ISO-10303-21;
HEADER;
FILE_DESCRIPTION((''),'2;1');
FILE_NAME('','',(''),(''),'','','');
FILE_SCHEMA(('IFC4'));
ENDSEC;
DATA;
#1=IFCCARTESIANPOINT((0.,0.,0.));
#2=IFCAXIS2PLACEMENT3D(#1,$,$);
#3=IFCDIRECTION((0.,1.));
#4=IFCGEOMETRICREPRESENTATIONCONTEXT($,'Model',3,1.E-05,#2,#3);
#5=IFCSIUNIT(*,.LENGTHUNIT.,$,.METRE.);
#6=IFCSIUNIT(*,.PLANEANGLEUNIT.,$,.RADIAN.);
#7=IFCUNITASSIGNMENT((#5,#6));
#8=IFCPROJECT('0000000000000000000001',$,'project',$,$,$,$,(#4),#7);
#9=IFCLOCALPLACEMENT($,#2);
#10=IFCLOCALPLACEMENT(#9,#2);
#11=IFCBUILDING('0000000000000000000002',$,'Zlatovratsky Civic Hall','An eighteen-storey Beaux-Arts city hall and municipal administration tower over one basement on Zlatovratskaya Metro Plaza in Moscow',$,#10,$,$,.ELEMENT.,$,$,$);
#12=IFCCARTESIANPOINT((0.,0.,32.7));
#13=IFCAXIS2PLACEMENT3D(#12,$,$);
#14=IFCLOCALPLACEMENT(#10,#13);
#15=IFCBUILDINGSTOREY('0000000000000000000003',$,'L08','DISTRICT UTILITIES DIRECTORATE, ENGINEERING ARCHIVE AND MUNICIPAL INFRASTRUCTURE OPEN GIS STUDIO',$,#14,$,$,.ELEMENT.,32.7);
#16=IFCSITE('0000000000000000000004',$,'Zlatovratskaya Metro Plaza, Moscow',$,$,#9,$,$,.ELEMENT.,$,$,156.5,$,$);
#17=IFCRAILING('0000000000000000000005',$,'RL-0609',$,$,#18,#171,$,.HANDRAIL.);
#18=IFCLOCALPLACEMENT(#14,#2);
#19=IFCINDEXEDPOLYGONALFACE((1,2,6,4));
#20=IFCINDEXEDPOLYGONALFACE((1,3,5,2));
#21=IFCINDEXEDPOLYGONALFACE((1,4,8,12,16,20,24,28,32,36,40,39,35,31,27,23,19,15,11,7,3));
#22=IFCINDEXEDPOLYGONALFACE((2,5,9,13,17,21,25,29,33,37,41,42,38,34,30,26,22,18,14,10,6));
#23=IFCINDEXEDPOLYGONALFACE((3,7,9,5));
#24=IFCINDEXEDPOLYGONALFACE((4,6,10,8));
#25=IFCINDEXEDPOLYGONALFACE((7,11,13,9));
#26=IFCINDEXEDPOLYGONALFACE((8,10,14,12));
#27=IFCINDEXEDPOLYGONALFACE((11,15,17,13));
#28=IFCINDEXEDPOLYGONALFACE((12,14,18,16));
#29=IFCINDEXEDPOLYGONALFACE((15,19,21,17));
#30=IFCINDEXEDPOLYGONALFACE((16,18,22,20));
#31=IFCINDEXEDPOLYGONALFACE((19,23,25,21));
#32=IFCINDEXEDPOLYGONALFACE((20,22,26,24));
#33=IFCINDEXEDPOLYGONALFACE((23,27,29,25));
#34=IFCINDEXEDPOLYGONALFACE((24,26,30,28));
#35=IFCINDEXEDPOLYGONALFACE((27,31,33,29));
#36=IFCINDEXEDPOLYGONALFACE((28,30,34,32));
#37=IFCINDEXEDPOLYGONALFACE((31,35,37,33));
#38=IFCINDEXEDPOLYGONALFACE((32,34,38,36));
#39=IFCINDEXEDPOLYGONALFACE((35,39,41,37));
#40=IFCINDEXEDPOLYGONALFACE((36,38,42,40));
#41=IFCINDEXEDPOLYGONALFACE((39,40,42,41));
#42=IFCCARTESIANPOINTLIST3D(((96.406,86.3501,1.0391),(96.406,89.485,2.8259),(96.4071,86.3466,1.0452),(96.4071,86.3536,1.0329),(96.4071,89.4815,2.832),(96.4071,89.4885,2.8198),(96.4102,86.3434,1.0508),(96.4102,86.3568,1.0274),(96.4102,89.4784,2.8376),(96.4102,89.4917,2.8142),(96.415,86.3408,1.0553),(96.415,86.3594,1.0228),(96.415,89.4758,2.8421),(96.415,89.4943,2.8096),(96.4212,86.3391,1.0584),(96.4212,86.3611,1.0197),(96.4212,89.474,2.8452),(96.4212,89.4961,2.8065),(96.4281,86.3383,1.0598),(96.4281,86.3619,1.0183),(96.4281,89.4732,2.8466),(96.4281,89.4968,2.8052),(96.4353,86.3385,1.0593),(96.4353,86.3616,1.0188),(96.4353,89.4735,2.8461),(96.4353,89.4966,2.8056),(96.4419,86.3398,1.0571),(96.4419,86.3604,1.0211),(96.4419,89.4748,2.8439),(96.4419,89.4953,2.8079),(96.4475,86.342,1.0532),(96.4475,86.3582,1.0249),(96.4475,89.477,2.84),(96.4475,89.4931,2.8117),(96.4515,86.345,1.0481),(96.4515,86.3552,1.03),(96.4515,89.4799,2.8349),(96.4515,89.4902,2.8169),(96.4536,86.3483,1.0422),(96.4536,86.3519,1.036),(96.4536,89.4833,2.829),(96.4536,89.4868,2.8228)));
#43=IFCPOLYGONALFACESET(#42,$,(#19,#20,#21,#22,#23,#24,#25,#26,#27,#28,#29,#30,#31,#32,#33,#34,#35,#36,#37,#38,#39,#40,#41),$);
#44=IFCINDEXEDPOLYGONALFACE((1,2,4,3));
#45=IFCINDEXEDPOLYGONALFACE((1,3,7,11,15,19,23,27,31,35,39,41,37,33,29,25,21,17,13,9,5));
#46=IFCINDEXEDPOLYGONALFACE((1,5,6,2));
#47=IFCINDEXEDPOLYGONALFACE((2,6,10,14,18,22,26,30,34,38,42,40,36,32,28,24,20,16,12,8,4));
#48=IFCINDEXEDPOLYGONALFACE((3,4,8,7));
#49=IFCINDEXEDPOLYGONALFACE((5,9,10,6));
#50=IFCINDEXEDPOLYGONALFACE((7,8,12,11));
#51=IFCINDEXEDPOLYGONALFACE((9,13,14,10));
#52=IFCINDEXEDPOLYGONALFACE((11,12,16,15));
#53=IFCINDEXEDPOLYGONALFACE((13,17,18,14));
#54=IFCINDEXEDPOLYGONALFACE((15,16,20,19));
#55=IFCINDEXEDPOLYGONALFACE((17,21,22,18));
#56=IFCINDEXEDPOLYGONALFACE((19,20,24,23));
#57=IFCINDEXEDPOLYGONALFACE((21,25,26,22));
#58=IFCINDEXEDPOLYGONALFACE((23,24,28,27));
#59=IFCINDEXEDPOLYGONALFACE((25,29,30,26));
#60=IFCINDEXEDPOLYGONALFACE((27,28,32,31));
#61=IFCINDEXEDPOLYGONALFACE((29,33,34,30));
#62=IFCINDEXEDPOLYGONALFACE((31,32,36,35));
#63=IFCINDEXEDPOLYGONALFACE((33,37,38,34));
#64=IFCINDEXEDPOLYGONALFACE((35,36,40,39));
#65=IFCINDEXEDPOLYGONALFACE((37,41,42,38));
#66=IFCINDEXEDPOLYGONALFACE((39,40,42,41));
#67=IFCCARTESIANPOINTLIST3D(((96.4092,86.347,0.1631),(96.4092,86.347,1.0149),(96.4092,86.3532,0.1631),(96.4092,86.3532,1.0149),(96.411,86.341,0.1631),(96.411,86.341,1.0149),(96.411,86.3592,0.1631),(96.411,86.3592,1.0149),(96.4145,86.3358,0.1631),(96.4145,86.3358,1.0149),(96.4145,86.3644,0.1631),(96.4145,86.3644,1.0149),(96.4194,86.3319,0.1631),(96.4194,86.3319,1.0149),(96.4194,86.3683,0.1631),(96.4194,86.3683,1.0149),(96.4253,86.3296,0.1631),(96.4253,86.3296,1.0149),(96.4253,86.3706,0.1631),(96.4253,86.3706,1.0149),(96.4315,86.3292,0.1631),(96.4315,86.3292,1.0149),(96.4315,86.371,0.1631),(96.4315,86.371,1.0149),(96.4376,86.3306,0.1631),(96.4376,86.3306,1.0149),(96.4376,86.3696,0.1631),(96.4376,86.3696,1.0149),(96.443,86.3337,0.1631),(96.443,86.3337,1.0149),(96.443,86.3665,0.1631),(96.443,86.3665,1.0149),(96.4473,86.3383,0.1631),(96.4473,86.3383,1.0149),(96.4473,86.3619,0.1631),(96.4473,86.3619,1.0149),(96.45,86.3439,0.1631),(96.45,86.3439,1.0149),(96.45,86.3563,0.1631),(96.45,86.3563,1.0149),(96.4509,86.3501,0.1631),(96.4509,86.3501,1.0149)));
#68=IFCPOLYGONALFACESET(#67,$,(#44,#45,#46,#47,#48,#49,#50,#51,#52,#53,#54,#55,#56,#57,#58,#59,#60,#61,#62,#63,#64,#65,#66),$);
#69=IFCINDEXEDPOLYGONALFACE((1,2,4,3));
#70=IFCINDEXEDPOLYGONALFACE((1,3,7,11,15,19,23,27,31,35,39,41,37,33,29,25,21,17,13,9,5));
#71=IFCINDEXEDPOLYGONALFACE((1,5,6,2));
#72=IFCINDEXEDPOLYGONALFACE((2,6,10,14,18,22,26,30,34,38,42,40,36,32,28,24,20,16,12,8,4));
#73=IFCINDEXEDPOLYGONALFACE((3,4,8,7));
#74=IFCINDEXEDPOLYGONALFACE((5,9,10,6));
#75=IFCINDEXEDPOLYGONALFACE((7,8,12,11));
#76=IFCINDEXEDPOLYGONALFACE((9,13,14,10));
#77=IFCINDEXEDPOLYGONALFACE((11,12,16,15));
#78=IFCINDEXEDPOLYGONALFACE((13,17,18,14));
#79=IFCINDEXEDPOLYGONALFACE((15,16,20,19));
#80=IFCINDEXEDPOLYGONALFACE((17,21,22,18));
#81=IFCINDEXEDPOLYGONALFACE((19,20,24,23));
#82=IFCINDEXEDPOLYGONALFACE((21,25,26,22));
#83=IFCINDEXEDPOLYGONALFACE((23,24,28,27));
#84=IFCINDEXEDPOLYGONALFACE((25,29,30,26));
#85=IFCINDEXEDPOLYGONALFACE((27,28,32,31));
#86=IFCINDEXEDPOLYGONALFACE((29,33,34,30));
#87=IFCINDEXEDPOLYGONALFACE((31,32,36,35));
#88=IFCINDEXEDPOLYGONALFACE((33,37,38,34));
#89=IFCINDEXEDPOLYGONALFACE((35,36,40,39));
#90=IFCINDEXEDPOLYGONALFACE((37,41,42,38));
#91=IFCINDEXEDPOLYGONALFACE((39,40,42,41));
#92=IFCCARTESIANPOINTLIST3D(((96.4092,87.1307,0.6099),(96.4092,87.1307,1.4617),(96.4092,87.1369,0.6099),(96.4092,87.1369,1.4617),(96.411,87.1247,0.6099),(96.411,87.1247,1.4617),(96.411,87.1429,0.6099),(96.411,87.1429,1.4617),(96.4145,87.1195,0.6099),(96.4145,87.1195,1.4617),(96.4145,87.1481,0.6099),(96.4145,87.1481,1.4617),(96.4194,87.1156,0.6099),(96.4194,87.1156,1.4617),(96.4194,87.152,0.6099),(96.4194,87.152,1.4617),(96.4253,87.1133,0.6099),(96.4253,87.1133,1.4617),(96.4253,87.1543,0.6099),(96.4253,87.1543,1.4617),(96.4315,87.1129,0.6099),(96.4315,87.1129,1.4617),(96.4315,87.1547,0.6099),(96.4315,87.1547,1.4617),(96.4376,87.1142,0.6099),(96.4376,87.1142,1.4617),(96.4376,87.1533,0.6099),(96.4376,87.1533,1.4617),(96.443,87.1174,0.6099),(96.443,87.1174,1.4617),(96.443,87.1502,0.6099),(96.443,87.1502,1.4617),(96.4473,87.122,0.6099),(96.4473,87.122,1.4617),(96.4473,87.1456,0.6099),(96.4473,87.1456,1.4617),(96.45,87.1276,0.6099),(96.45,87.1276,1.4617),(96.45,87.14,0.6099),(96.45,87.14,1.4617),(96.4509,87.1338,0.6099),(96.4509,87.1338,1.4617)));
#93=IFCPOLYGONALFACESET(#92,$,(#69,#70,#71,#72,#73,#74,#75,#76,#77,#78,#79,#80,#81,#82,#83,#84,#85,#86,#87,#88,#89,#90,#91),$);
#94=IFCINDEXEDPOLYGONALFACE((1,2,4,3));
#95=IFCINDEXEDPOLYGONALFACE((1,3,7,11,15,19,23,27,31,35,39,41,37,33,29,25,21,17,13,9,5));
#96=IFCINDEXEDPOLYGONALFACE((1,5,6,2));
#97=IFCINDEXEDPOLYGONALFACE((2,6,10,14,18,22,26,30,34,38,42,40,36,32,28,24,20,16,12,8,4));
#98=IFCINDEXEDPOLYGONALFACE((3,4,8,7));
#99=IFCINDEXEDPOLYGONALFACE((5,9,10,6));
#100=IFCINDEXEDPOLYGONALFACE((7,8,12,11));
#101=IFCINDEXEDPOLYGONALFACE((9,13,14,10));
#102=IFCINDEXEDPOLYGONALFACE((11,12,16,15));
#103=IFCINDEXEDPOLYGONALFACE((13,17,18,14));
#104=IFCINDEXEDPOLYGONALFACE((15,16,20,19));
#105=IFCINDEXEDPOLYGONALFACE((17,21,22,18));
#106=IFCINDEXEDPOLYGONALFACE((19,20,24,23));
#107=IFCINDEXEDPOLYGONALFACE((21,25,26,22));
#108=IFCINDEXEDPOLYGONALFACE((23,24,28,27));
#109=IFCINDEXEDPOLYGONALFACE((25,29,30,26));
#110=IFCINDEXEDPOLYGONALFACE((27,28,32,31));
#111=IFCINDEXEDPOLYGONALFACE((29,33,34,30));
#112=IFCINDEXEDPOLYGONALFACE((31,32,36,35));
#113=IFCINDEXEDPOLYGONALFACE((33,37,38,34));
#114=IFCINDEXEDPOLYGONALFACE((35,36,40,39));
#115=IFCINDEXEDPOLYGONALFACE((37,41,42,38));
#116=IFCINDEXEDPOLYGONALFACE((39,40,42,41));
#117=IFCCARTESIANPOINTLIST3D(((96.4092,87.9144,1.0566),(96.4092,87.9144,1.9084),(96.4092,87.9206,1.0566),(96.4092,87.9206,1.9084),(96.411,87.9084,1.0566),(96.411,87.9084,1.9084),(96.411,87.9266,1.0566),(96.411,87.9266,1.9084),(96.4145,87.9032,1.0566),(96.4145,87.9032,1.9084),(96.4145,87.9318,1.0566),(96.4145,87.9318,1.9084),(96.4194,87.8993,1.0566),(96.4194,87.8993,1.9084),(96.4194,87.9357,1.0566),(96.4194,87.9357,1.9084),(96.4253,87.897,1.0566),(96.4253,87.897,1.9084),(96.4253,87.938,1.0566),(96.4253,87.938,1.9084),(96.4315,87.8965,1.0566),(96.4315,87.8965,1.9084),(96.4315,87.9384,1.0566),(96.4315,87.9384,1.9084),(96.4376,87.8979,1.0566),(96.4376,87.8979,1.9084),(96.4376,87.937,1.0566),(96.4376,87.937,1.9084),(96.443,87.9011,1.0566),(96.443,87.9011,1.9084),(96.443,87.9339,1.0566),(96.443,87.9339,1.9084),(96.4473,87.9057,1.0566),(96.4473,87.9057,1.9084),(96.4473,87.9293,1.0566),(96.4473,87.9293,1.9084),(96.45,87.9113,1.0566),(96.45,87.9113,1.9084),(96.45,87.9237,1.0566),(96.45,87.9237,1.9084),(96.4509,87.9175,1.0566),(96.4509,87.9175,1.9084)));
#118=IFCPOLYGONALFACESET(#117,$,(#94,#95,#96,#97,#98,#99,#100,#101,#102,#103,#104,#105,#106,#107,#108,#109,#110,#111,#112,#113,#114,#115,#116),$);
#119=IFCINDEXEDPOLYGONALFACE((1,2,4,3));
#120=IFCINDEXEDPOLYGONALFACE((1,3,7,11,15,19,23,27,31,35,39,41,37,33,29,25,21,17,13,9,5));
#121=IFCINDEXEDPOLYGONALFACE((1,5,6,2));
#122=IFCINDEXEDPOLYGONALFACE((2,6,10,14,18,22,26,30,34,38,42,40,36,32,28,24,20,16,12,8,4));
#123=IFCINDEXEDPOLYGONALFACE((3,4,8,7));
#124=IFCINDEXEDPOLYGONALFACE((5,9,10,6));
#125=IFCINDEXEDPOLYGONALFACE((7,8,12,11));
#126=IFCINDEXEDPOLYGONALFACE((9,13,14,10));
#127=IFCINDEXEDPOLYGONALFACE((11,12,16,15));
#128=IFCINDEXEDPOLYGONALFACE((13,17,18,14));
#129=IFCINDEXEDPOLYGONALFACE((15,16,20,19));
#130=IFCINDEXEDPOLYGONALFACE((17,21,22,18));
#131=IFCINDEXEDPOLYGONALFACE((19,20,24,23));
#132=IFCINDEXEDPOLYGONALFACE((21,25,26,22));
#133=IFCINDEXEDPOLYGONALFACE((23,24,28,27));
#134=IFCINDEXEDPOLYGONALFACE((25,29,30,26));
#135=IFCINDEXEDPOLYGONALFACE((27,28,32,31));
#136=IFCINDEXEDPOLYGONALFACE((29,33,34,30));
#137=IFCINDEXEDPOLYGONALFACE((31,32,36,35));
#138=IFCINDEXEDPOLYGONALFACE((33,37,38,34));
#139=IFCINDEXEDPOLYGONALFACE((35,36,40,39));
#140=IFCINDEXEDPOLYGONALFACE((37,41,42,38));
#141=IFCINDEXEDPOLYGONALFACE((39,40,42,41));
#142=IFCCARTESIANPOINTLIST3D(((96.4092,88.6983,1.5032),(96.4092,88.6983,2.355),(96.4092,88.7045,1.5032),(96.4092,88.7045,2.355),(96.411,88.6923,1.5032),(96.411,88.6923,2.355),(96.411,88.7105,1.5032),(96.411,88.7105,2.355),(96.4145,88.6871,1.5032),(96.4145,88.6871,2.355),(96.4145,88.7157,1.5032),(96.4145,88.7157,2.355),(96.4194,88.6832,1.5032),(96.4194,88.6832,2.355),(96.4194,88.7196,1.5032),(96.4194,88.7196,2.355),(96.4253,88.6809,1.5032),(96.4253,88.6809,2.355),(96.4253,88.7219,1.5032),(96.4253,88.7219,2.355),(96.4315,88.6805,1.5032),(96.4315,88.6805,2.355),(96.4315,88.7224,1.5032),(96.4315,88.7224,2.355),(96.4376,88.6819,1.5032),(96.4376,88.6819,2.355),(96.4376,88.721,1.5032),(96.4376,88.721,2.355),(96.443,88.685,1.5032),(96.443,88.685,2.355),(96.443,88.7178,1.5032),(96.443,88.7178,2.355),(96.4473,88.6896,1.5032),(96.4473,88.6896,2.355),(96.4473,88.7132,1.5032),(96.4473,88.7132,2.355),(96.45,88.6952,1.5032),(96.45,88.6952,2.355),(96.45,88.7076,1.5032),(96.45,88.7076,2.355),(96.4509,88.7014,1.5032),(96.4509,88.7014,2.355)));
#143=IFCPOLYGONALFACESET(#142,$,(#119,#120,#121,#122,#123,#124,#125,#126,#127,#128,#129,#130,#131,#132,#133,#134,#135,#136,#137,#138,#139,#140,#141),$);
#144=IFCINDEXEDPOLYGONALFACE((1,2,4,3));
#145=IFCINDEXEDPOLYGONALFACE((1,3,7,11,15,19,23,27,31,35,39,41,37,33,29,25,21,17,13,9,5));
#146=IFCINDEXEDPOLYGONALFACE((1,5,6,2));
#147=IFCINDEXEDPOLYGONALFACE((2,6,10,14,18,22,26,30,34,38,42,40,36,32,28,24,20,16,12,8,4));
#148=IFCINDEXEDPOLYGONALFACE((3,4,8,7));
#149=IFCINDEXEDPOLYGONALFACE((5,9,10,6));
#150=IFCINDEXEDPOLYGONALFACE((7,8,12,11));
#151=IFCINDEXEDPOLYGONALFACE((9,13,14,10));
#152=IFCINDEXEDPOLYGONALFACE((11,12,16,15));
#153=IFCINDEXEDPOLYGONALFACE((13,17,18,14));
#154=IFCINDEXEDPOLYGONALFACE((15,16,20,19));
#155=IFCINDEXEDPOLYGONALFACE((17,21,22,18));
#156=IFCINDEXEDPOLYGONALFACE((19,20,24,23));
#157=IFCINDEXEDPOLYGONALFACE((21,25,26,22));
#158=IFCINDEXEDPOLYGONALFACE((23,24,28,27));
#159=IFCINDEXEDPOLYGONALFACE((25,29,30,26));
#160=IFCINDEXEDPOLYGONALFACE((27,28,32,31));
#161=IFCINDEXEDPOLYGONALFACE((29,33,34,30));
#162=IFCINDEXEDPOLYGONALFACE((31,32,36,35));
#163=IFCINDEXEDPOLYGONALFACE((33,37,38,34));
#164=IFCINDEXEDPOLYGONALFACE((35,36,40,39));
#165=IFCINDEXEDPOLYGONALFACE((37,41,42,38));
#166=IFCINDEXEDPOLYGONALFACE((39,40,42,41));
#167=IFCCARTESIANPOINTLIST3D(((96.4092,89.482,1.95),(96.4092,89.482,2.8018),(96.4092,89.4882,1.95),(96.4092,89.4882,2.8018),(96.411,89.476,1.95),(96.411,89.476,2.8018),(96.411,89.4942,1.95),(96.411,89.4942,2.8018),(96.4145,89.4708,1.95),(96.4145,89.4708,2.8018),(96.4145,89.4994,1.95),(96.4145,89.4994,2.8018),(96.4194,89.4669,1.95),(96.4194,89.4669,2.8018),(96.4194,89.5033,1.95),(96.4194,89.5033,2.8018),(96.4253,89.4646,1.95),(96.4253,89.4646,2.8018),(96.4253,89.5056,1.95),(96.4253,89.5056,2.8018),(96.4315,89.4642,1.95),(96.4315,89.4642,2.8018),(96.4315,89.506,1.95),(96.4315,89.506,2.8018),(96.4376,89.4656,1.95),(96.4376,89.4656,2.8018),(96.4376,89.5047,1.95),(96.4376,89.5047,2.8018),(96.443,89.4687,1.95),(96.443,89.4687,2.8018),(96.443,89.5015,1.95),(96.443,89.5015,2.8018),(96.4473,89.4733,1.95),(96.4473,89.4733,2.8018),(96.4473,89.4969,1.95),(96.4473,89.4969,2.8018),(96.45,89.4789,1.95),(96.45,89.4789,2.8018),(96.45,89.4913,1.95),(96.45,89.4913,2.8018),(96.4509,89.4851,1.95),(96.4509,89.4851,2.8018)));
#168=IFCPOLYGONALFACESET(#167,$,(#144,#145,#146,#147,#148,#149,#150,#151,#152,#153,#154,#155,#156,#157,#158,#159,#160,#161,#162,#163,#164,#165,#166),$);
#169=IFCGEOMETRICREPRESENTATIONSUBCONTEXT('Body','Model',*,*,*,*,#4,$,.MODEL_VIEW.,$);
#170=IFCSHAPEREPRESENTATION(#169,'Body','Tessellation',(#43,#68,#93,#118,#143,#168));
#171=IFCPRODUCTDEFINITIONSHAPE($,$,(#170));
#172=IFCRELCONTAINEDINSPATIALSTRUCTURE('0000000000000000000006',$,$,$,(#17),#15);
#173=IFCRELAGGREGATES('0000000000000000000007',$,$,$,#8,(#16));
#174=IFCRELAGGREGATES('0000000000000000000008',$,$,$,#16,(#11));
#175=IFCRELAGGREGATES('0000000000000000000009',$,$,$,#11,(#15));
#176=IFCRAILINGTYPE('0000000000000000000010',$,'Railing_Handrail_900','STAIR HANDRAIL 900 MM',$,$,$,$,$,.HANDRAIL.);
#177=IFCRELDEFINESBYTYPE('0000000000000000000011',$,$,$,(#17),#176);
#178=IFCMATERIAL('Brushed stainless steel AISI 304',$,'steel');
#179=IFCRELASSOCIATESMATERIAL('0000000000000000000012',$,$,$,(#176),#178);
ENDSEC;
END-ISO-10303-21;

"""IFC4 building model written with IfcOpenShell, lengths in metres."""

from ifc_helpers import new_model, si_unit, direction, frame, origin, origin_2d, place, context, subcontext, project, spatial, circle, extrude, material, type_object, element, save


model = new_model("IFC4")

# Units and contexts
model_context = context("Model", 3, precision=1e-05, world=origin(), true_north=direction((0.0, 1.0)))
body_context = subcontext(model_context, "Body", "Model", "MODEL_VIEW")
ifc_project = project(units=[si_unit("LENGTHUNIT", "METRE"), si_unit("PLANEANGLEUNIT", "RADIAN")], contexts=[model_context])

# Site, building, storey
site_placement = place(None, origin())
site = spatial("IfcSite", under=ifc_project, at=site_placement, Name="Zlatovratskaya Metro Plaza, Moscow", CompositionType="ELEMENT", RefElevation=156.5)
building_placement = place(site_placement, origin())
building = spatial("IfcBuilding", under=site, at=building_placement, Name="Zlatovratsky Civic Hall", Description="An eighteen-storey Beaux-Arts city hall and municipal administration tower over one basement on Zlatovratskaya Metro Plaza in Moscow", CompositionType="ELEMENT")
storey_placement = place(building_placement, frame((0.0, 0.0, 32.7)))
storey = spatial("IfcBuildingStorey", under=building, at=storey_placement, Name="L08", Description="DISTRICT UTILITIES DIRECTORATE, ENGINEERING ARCHIVE AND MUNICIPAL INFRASTRUCTURE OPEN GIS STUDIO", CompositionType="ELEMENT", Elevation=32.7)

# Railing
ifc_material_1 = material(Name="Brushed stainless steel AISI 304", Category="steel")
railing_type_1 = type_object("IfcRailingType", Name="Railing_Handrail_900", Description="STAIR HANDRAIL 900 MM", PredefinedType="HANDRAIL", material=ifc_material_1)
railing_1_placement = place(storey_placement, frame((96.4299, 86.3501, 0.1631)))
element("IfcRailing", 1, at=railing_1_placement, inside=storey, type_object=railing_type_1, Name="RL-0609", PredefinedType="HANDRAIL", context=body_context, shape_type="SweptSolid", body=[
    extrude(circle(Radius=0.0239, at=origin_2d()), frame((0.0, 0.0, 0.876), z_axis=(0.0, 0.868788, 0.495184), x_axis=(-1.0, 0.0, 0.0)), (0.0, 0.0, 1.0), 3.6084),
    extrude(circle(Radius=0.021, at=origin_2d()), origin(), (0.0, 0.0, 1.0), 0.8518),
    extrude(circle(Radius=0.021, at=origin_2d()), frame((0.0, 0.7837, 0.4468)), (0.0, 0.0, 1.0), 0.8518),
    extrude(circle(Radius=0.021, at=origin_2d()), frame((0.0, 1.5674, 0.8936)), (0.0, 0.0, 1.0), 0.8518),
    extrude(circle(Radius=0.021, at=origin_2d()), frame((0.0, 2.3513, 1.3401)), (0.0, 0.0, 1.0), 0.8518),
    extrude(circle(Radius=0.021, at=origin_2d()), frame((0.0, 3.135, 1.7869)), (0.0, 0.0, 1.0), 0.8518),
])

save(model, "model.ifc")
